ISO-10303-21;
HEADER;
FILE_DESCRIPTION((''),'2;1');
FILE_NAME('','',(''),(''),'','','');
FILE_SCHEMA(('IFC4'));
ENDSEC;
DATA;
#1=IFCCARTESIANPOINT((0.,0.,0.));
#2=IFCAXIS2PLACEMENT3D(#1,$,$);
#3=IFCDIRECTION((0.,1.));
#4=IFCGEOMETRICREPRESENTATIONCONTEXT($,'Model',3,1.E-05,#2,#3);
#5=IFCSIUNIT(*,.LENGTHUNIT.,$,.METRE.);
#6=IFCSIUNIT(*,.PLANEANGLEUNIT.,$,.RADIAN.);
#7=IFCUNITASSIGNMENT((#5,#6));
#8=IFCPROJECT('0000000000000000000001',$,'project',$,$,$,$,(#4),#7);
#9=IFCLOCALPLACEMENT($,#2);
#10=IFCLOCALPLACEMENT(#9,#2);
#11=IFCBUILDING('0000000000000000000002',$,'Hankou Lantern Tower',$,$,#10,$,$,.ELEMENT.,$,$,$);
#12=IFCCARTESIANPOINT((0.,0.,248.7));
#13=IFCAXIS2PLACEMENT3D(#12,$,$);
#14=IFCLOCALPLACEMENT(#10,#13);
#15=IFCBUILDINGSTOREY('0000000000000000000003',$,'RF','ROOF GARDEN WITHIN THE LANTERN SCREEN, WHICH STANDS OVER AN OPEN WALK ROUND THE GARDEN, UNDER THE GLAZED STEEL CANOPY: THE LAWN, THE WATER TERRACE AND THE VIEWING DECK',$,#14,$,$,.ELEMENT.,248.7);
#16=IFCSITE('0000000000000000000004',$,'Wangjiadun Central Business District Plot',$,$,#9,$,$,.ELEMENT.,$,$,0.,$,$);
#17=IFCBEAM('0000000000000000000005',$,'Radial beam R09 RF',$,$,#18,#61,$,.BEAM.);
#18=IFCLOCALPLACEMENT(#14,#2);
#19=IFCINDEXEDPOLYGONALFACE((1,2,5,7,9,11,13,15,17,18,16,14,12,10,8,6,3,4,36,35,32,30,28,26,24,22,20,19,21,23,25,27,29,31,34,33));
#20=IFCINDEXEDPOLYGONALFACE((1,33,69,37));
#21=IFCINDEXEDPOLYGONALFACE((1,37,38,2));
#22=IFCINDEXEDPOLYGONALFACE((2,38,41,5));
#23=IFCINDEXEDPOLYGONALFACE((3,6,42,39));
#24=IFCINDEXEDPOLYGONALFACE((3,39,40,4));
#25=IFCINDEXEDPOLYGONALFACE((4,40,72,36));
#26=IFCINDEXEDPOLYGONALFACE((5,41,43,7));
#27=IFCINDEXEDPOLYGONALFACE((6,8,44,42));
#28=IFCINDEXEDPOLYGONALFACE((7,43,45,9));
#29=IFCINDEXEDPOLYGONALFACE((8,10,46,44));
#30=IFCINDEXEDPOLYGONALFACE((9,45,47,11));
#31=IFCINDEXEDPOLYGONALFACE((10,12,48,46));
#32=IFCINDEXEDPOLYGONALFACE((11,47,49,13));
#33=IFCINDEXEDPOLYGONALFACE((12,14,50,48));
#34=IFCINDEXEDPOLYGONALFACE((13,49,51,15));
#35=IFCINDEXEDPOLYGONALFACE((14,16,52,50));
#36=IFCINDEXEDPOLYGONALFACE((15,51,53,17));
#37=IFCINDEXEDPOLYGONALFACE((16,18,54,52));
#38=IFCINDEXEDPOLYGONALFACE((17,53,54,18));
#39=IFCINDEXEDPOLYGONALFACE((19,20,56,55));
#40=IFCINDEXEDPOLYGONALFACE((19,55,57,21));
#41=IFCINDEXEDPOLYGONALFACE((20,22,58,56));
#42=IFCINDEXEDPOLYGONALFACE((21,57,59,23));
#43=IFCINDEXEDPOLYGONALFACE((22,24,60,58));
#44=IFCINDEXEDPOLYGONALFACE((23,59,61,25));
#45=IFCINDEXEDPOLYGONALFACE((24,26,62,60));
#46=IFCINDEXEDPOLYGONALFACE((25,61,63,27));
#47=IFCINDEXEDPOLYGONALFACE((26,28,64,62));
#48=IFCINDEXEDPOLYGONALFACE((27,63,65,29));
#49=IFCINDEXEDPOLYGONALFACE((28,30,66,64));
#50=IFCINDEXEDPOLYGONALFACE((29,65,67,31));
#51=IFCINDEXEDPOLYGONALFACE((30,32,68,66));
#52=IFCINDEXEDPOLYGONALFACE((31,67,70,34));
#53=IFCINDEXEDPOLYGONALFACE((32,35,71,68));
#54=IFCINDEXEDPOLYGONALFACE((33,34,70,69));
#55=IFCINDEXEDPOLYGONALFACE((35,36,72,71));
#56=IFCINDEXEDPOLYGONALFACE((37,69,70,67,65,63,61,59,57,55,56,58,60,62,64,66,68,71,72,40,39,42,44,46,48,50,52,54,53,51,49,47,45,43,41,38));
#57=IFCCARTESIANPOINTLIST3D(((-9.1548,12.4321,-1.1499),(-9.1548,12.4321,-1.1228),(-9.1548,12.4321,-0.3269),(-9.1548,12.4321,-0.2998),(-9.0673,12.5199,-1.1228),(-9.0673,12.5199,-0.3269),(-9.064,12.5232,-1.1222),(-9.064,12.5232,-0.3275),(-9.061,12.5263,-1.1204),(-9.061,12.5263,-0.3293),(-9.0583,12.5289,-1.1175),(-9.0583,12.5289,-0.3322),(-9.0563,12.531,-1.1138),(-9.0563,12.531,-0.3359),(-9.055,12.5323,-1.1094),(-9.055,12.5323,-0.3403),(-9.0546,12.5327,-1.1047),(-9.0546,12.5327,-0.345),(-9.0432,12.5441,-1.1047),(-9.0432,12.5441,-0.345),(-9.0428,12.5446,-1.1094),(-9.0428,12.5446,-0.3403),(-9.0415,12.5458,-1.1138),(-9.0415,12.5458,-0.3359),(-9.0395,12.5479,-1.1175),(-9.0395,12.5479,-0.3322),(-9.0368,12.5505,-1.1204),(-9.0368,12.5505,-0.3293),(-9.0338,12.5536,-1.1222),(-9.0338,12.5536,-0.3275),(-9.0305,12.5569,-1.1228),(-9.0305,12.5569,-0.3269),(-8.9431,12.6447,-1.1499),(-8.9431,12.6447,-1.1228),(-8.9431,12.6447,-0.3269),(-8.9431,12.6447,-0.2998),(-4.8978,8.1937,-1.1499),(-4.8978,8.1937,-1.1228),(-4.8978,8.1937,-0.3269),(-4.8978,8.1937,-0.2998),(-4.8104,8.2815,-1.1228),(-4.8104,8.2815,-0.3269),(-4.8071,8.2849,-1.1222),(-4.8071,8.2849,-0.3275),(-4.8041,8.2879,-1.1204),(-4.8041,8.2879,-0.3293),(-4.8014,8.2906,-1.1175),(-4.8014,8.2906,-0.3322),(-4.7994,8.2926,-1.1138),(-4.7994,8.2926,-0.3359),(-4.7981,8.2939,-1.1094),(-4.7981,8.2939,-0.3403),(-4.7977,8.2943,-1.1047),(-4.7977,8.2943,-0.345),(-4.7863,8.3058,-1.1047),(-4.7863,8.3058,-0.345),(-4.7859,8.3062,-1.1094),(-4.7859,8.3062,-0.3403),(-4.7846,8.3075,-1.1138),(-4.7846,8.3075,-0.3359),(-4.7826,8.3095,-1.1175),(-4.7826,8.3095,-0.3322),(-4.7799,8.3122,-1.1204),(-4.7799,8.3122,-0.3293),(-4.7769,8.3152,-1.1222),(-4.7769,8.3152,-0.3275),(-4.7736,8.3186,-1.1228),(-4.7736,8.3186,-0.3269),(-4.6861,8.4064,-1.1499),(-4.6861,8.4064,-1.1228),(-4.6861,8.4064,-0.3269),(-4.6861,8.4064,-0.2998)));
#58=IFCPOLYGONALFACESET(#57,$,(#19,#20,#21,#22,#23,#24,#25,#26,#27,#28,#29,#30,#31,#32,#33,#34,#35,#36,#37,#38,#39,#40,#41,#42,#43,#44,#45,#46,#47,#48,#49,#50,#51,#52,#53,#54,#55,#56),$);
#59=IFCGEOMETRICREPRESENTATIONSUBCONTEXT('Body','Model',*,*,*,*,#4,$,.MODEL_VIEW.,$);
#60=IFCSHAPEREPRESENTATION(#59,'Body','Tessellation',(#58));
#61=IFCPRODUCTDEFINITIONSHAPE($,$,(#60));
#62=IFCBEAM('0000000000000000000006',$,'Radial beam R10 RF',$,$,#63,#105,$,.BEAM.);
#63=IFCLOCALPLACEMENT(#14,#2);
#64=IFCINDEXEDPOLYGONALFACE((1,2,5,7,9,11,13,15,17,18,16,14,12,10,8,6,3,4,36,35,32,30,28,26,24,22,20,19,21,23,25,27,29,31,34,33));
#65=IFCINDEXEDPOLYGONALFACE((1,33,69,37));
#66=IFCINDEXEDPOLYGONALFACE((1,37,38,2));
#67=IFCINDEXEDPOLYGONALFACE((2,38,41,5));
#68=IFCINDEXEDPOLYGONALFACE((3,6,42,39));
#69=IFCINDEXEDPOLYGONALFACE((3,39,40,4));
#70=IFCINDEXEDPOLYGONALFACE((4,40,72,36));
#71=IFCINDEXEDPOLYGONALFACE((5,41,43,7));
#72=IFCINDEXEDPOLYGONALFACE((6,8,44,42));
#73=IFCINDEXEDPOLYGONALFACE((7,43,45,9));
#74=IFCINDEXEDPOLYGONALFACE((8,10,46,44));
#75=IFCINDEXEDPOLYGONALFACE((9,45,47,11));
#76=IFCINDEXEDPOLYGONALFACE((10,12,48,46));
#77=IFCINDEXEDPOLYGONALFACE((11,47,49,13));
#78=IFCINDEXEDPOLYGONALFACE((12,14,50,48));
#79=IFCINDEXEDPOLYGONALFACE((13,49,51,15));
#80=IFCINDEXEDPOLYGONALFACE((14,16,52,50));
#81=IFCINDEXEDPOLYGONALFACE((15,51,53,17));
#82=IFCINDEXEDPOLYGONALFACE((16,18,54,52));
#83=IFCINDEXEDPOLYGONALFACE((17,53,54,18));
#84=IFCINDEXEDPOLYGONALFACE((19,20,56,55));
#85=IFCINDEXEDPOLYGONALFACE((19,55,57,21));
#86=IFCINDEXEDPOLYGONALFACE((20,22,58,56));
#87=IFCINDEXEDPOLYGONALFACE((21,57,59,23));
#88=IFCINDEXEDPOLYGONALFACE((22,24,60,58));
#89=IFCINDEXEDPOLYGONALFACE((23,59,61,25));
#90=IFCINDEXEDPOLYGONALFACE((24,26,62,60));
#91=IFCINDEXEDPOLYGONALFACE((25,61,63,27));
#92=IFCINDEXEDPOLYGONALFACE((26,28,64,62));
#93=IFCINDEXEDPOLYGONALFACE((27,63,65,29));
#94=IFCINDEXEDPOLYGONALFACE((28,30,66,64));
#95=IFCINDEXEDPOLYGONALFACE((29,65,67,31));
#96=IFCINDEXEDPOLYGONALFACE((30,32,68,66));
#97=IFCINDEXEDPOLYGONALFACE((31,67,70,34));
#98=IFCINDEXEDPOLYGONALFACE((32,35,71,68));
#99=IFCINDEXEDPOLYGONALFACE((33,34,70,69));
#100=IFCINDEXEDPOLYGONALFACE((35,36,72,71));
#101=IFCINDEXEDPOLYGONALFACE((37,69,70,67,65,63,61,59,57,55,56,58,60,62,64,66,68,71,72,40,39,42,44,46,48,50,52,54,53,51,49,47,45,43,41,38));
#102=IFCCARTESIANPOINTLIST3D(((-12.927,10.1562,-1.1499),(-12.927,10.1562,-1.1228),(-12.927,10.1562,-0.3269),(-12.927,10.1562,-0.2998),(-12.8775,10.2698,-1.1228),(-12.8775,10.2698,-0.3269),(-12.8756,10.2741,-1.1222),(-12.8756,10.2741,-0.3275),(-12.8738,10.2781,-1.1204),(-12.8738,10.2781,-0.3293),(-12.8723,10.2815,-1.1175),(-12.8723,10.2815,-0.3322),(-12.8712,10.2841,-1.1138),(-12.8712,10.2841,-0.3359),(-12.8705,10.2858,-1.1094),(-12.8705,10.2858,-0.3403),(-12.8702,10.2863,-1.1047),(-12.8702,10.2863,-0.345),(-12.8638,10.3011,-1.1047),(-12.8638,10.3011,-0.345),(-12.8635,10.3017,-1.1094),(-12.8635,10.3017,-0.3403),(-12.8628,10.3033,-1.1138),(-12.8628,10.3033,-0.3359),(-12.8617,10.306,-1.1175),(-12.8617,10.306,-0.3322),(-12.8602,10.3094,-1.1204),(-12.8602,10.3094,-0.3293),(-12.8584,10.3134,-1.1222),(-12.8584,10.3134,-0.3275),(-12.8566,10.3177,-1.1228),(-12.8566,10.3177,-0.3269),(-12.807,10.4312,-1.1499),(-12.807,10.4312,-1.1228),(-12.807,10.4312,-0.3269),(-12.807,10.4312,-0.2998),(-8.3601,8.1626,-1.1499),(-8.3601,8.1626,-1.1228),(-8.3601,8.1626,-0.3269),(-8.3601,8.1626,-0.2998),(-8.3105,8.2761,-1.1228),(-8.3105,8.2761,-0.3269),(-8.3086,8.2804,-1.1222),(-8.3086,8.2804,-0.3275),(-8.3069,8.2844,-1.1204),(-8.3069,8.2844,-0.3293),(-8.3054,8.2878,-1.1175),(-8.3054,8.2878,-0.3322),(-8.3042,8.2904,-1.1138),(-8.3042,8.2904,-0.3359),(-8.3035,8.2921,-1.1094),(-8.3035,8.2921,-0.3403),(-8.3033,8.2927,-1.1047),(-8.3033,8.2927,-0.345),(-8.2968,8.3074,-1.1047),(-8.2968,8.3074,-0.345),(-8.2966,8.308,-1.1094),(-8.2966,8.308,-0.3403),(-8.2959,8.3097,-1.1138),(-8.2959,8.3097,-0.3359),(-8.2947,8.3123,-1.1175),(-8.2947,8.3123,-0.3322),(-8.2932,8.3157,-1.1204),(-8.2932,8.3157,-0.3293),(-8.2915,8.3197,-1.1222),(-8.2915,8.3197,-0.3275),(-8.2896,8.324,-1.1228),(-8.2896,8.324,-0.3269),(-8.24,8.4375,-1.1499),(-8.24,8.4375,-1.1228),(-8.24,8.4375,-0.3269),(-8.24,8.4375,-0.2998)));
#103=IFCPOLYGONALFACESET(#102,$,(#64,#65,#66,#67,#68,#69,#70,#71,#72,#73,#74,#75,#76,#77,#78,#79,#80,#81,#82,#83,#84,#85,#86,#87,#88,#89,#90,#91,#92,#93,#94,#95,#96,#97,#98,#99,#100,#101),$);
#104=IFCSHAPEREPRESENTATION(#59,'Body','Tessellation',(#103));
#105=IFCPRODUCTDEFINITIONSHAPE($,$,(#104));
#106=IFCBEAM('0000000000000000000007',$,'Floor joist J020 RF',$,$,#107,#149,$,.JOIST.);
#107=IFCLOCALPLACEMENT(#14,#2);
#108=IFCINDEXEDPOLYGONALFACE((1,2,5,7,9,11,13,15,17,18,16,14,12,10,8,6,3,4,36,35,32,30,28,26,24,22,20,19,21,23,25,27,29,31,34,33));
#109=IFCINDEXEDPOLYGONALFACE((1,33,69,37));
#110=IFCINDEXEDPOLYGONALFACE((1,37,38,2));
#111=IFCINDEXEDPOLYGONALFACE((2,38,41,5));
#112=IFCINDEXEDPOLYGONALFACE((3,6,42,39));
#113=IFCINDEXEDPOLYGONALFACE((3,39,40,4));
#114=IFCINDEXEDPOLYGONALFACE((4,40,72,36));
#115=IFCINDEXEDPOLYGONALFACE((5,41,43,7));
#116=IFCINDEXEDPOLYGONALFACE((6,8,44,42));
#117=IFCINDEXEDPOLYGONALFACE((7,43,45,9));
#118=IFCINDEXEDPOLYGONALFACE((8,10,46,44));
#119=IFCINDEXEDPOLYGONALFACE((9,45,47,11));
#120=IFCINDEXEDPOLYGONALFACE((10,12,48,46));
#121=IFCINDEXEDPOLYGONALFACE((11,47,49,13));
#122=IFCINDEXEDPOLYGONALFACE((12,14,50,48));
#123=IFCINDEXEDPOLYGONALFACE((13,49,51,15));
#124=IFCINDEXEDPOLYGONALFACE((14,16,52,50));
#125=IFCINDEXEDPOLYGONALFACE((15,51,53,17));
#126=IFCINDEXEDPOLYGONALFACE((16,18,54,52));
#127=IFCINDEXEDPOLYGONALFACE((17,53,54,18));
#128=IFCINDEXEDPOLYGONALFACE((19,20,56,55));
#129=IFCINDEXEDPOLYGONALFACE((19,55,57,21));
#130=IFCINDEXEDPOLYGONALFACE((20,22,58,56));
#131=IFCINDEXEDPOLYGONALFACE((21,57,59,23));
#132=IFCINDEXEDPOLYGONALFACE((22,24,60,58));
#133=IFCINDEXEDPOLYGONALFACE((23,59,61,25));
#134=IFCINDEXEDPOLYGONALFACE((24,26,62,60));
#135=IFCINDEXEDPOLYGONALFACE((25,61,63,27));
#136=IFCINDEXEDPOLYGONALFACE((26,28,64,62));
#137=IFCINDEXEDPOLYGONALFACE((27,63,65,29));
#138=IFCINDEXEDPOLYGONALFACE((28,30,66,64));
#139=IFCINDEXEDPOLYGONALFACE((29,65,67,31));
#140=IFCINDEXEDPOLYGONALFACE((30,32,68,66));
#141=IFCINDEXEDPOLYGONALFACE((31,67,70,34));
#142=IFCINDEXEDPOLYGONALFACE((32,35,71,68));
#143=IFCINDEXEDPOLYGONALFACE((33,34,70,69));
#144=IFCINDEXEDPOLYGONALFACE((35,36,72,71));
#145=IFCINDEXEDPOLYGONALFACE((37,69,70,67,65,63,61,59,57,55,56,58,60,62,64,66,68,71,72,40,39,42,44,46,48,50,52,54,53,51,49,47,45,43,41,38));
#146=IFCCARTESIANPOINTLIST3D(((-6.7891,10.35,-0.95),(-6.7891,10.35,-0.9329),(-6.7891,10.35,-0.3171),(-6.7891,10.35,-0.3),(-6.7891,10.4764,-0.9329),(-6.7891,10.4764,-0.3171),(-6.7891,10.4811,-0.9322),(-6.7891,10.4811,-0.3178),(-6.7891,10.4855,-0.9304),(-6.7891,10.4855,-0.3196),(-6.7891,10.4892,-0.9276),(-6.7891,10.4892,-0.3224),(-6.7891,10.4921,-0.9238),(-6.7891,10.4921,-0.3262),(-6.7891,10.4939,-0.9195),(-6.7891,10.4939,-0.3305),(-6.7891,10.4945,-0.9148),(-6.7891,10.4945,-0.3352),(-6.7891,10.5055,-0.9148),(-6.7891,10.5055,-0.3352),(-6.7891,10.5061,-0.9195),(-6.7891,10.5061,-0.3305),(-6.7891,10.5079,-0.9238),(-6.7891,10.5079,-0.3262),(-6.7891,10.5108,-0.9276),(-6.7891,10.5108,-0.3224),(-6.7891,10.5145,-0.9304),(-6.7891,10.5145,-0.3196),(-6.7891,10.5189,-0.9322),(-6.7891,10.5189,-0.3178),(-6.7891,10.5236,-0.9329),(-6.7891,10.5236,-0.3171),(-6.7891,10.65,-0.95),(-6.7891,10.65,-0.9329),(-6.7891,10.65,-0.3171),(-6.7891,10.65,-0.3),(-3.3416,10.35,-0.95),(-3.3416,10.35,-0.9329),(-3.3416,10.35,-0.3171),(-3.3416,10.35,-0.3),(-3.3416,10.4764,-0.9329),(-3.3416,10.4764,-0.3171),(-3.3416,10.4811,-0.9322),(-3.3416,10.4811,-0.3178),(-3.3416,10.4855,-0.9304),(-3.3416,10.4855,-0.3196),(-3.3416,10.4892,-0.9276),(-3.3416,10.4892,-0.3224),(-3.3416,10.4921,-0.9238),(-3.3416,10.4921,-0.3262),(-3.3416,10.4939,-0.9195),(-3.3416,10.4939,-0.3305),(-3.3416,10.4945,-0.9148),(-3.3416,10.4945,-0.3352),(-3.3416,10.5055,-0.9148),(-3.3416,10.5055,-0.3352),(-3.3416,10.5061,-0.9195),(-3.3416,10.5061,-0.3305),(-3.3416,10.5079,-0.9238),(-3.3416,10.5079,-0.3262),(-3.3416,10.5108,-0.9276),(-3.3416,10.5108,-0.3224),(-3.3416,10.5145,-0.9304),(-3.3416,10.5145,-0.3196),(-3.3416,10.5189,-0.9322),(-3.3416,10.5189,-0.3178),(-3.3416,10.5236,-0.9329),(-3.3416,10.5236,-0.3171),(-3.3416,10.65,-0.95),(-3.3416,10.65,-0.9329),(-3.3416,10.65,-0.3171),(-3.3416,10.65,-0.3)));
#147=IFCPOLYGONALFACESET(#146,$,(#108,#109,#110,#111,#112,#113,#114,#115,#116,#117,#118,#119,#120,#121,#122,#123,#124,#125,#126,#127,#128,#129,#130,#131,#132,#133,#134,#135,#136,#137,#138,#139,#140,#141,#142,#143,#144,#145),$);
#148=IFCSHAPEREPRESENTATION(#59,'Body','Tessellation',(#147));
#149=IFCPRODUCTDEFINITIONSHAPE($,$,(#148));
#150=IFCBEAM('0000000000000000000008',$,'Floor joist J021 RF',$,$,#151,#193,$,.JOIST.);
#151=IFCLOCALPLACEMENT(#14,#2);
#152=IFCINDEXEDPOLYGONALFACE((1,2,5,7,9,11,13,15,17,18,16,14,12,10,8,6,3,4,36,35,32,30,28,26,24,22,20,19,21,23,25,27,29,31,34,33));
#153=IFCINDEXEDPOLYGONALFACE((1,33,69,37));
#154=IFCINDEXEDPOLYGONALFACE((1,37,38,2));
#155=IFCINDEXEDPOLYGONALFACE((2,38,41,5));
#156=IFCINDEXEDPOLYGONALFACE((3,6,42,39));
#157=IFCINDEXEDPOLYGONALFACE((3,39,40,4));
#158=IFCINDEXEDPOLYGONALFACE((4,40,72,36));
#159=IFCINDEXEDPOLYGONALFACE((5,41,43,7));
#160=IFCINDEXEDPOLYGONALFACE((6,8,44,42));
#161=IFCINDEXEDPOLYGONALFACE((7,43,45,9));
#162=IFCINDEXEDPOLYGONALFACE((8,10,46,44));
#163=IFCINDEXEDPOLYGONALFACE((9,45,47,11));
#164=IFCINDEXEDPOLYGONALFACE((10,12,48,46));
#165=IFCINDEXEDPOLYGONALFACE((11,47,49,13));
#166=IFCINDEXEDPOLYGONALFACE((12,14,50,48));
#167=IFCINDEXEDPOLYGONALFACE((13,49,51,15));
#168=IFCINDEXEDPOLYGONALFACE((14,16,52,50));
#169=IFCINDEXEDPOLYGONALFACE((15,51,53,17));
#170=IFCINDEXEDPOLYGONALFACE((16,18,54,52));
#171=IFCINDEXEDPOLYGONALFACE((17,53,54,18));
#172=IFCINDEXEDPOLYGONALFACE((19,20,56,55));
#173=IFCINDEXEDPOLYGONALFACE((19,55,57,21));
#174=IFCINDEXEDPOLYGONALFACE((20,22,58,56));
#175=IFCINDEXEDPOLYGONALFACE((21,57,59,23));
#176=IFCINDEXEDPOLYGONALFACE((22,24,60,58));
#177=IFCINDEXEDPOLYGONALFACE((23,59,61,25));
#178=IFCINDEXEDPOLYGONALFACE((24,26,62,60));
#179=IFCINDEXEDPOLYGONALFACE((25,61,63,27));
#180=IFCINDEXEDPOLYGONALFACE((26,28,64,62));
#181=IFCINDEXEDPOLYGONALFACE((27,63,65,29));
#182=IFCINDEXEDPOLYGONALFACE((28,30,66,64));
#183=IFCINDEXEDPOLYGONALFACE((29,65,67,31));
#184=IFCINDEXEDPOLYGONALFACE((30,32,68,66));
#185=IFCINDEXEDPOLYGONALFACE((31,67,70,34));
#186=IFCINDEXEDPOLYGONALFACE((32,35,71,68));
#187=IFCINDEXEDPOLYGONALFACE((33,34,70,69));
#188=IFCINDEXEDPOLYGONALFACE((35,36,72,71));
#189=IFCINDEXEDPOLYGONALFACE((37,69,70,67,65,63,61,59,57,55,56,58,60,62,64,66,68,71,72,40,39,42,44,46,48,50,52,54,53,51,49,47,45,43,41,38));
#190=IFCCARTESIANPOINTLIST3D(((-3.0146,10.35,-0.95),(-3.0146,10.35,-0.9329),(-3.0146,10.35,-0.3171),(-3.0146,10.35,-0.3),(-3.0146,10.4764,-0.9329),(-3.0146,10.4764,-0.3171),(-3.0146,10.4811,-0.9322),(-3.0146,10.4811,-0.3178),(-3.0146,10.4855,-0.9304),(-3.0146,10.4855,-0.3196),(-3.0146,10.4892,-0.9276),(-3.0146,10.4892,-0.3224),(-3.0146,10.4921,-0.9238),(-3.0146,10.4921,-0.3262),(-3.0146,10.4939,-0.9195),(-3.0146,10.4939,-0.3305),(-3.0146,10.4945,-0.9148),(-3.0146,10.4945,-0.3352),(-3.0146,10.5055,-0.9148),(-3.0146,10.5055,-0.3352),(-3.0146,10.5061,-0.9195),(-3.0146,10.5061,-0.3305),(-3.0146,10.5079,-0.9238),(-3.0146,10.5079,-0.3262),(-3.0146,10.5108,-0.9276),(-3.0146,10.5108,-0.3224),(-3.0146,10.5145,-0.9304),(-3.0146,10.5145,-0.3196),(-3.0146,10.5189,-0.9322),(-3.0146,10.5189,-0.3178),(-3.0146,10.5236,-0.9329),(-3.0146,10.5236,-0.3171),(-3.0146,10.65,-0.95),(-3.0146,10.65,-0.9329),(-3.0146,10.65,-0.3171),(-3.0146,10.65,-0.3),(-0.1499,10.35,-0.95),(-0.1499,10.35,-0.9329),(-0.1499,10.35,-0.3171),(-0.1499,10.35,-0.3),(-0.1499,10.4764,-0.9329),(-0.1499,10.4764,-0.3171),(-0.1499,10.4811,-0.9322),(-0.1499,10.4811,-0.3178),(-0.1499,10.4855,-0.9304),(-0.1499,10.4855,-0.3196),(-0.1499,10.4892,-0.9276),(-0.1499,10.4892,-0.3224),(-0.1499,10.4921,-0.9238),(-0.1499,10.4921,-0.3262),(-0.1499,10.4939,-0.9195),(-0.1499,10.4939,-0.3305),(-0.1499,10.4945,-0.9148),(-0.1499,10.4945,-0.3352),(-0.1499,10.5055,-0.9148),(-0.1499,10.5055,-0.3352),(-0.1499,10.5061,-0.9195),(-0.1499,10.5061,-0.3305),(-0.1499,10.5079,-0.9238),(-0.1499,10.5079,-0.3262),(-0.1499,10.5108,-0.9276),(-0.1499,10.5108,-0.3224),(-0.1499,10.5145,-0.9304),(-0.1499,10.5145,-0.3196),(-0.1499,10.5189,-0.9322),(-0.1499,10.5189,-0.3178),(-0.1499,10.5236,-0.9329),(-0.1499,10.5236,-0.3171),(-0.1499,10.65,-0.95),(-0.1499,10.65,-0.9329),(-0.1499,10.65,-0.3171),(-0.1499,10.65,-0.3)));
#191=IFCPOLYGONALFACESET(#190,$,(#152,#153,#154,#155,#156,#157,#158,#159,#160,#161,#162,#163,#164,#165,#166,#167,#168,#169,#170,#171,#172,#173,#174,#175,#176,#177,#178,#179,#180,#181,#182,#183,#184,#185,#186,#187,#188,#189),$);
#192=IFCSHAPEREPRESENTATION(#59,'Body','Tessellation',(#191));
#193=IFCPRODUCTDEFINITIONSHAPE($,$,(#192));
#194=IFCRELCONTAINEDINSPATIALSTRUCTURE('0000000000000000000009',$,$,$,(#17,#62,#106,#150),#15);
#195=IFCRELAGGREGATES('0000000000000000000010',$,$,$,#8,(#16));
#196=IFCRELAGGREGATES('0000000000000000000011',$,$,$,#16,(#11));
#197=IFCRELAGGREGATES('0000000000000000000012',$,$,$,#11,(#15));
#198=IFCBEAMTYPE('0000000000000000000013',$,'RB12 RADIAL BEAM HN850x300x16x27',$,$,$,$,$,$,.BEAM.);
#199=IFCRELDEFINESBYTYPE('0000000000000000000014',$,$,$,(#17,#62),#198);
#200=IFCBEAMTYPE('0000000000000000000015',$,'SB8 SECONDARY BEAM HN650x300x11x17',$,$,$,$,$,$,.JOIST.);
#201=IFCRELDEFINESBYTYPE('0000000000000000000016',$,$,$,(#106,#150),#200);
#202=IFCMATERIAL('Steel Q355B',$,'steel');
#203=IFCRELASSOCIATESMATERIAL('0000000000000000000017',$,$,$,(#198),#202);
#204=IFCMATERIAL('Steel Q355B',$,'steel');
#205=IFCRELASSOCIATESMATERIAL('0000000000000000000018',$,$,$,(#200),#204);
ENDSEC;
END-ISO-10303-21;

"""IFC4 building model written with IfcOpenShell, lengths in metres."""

from ifc_helpers import new_model, si_unit, direction, frame, origin, origin_2d, place, context, subcontext, project, spatial, i_section, extrude, material, material_profile, profile_set, type_object, element, save


model = new_model("IFC4")

# Units and contexts
model_context = context("Model", 3, precision=1e-05, world=origin(), true_north=direction((0.0, 1.0)))
body_context = subcontext(model_context, "Body", "Model", "MODEL_VIEW")
ifc_project = project(units=[si_unit("LENGTHUNIT", "METRE"), si_unit("PLANEANGLEUNIT", "RADIAN")], contexts=[model_context])

# Site, building, storey
site_placement = place(None, origin())
site = spatial("IfcSite", under=ifc_project, at=site_placement, Name="Wangjiadun Central Business District Plot", CompositionType="ELEMENT", RefElevation=0.0)
building_placement = place(site_placement, origin())
building = spatial("IfcBuilding", under=site, at=building_placement, Name="Hankou Lantern Tower", CompositionType="ELEMENT")
storey_placement = place(building_placement, frame((0.0, 0.0, 248.7)))
storey = spatial("IfcBuildingStorey", under=building, at=storey_placement, Name="RF", Description="ROOF GARDEN WITHIN THE LANTERN SCREEN, WHICH STANDS OVER AN OPEN WALK ROUND THE GARDEN, UNDER THE GLAZED STEEL CANOPY: THE LAWN, THE WATER TERRACE AND THE VIEWING DECK", CompositionType="ELEMENT", Elevation=248.7)

# Beams
ifc_material_1 = material(Name="Steel Q355B", Category="steel")
ifc_material_profile_1 = material_profile(ifc_material_1, i_section(OverallWidth=0.3, OverallDepth=0.8501, WebThickness=0.0161, FlangeThickness=0.0271, FilletRadius=0.0181, at=origin_2d()), Name="HN850x300x16x27")
ifc_profile_set_1 = profile_set([ifc_material_profile_1], Name="Steel Q355B")
beam_type_1 = type_object("IfcBeamType", Name="RB12 RADIAL BEAM HN850x300x16x27", PredefinedType="BEAM", material=ifc_profile_set_1)
beam_1_placement = place(storey_placement, frame((-4.792, 8.3, -0.7249), z_axis=(-0.70865, 0.705561, 0.0), x_axis=(-0.705561, -0.70865, 0.0)))
element("IfcBeam", 1, at=beam_1_placement, inside=storey, type_object=beam_type_1, Name="Radial beam R09 RF", PredefinedType="BEAM", context=body_context, shape_type="SweptSolid", body=[
    extrude(i_section(OverallWidth=0.3, OverallDepth=0.8501, WebThickness=0.0161, FlangeThickness=0.0271, FilletRadius=0.0181, at=origin_2d()), origin(), (0.0, 0.0, 1.0), 6.0071),
])
beam_2_placement = place(storey_placement, frame((-8.3, 8.3, -0.7249), z_axis=(-0.916479, 0.400084, 0.0), x_axis=(-0.400084, -0.916479, 0.0)))
element("IfcBeam", 2, at=beam_2_placement, inside=storey, type_object=beam_type_1, Name="Radial beam R10 RF", PredefinedType="BEAM", context=body_context, shape_type="SweptSolid", body=[
    extrude(i_section(OverallWidth=0.3, OverallDepth=0.8501, WebThickness=0.0161, FlangeThickness=0.0271, FilletRadius=0.0181, at=origin_2d()), origin(), (0.0, 0.0, 1.0), 4.9832),
])
ifc_material_2 = material(Name="Steel Q355B", Category="steel")
ifc_material_profile_2 = material_profile(ifc_material_2, i_section(OverallWidth=0.3, OverallDepth=0.6499, WebThickness=0.011, FlangeThickness=0.0171, FilletRadius=0.0181, at=origin_2d()), Name="HN650x300x11x17")
ifc_profile_set_2 = profile_set([ifc_material_profile_2], Name="Steel Q355B")
beam_type_2 = type_object("IfcBeamType", Name="SB8 SECONDARY BEAM HN650x300x11x17", PredefinedType="JOIST", material=ifc_profile_set_2)
beam_3_placement = place(storey_placement, frame((-6.7891, 10.5, -0.625), z_axis=(1.0, 0.0, 0.0), x_axis=(0.0, 1.0, 0.0)))
element("IfcBeam", 3, at=beam_3_placement, inside=storey, type_object=beam_type_2, Name="Floor joist J020 RF", PredefinedType="JOIST", context=body_context, shape_type="SweptSolid", body=[
    extrude(i_section(OverallWidth=0.3, OverallDepth=0.6499, WebThickness=0.011, FlangeThickness=0.0171, FilletRadius=0.0181, at=origin_2d()), origin(), (0.0, 0.0, 1.0), 3.4475),
])
beam_4_placement = place(storey_placement, frame((-3.0146, 10.5, -0.625), z_axis=(1.0, 0.0, 0.0), x_axis=(0.0, 1.0, 0.0)))
element("IfcBeam", 4, at=beam_4_placement, inside=storey, type_object=beam_type_2, Name="Floor joist J021 RF", PredefinedType="JOIST", context=body_context, shape_type="SweptSolid", body=[
    extrude(i_section(OverallWidth=0.3, OverallDepth=0.6499, WebThickness=0.011, FlangeThickness=0.0171, FilletRadius=0.0181, at=origin_2d()), origin(), (0.0, 0.0, 1.0), 2.8647),
])

save(model, "model.ifc")
